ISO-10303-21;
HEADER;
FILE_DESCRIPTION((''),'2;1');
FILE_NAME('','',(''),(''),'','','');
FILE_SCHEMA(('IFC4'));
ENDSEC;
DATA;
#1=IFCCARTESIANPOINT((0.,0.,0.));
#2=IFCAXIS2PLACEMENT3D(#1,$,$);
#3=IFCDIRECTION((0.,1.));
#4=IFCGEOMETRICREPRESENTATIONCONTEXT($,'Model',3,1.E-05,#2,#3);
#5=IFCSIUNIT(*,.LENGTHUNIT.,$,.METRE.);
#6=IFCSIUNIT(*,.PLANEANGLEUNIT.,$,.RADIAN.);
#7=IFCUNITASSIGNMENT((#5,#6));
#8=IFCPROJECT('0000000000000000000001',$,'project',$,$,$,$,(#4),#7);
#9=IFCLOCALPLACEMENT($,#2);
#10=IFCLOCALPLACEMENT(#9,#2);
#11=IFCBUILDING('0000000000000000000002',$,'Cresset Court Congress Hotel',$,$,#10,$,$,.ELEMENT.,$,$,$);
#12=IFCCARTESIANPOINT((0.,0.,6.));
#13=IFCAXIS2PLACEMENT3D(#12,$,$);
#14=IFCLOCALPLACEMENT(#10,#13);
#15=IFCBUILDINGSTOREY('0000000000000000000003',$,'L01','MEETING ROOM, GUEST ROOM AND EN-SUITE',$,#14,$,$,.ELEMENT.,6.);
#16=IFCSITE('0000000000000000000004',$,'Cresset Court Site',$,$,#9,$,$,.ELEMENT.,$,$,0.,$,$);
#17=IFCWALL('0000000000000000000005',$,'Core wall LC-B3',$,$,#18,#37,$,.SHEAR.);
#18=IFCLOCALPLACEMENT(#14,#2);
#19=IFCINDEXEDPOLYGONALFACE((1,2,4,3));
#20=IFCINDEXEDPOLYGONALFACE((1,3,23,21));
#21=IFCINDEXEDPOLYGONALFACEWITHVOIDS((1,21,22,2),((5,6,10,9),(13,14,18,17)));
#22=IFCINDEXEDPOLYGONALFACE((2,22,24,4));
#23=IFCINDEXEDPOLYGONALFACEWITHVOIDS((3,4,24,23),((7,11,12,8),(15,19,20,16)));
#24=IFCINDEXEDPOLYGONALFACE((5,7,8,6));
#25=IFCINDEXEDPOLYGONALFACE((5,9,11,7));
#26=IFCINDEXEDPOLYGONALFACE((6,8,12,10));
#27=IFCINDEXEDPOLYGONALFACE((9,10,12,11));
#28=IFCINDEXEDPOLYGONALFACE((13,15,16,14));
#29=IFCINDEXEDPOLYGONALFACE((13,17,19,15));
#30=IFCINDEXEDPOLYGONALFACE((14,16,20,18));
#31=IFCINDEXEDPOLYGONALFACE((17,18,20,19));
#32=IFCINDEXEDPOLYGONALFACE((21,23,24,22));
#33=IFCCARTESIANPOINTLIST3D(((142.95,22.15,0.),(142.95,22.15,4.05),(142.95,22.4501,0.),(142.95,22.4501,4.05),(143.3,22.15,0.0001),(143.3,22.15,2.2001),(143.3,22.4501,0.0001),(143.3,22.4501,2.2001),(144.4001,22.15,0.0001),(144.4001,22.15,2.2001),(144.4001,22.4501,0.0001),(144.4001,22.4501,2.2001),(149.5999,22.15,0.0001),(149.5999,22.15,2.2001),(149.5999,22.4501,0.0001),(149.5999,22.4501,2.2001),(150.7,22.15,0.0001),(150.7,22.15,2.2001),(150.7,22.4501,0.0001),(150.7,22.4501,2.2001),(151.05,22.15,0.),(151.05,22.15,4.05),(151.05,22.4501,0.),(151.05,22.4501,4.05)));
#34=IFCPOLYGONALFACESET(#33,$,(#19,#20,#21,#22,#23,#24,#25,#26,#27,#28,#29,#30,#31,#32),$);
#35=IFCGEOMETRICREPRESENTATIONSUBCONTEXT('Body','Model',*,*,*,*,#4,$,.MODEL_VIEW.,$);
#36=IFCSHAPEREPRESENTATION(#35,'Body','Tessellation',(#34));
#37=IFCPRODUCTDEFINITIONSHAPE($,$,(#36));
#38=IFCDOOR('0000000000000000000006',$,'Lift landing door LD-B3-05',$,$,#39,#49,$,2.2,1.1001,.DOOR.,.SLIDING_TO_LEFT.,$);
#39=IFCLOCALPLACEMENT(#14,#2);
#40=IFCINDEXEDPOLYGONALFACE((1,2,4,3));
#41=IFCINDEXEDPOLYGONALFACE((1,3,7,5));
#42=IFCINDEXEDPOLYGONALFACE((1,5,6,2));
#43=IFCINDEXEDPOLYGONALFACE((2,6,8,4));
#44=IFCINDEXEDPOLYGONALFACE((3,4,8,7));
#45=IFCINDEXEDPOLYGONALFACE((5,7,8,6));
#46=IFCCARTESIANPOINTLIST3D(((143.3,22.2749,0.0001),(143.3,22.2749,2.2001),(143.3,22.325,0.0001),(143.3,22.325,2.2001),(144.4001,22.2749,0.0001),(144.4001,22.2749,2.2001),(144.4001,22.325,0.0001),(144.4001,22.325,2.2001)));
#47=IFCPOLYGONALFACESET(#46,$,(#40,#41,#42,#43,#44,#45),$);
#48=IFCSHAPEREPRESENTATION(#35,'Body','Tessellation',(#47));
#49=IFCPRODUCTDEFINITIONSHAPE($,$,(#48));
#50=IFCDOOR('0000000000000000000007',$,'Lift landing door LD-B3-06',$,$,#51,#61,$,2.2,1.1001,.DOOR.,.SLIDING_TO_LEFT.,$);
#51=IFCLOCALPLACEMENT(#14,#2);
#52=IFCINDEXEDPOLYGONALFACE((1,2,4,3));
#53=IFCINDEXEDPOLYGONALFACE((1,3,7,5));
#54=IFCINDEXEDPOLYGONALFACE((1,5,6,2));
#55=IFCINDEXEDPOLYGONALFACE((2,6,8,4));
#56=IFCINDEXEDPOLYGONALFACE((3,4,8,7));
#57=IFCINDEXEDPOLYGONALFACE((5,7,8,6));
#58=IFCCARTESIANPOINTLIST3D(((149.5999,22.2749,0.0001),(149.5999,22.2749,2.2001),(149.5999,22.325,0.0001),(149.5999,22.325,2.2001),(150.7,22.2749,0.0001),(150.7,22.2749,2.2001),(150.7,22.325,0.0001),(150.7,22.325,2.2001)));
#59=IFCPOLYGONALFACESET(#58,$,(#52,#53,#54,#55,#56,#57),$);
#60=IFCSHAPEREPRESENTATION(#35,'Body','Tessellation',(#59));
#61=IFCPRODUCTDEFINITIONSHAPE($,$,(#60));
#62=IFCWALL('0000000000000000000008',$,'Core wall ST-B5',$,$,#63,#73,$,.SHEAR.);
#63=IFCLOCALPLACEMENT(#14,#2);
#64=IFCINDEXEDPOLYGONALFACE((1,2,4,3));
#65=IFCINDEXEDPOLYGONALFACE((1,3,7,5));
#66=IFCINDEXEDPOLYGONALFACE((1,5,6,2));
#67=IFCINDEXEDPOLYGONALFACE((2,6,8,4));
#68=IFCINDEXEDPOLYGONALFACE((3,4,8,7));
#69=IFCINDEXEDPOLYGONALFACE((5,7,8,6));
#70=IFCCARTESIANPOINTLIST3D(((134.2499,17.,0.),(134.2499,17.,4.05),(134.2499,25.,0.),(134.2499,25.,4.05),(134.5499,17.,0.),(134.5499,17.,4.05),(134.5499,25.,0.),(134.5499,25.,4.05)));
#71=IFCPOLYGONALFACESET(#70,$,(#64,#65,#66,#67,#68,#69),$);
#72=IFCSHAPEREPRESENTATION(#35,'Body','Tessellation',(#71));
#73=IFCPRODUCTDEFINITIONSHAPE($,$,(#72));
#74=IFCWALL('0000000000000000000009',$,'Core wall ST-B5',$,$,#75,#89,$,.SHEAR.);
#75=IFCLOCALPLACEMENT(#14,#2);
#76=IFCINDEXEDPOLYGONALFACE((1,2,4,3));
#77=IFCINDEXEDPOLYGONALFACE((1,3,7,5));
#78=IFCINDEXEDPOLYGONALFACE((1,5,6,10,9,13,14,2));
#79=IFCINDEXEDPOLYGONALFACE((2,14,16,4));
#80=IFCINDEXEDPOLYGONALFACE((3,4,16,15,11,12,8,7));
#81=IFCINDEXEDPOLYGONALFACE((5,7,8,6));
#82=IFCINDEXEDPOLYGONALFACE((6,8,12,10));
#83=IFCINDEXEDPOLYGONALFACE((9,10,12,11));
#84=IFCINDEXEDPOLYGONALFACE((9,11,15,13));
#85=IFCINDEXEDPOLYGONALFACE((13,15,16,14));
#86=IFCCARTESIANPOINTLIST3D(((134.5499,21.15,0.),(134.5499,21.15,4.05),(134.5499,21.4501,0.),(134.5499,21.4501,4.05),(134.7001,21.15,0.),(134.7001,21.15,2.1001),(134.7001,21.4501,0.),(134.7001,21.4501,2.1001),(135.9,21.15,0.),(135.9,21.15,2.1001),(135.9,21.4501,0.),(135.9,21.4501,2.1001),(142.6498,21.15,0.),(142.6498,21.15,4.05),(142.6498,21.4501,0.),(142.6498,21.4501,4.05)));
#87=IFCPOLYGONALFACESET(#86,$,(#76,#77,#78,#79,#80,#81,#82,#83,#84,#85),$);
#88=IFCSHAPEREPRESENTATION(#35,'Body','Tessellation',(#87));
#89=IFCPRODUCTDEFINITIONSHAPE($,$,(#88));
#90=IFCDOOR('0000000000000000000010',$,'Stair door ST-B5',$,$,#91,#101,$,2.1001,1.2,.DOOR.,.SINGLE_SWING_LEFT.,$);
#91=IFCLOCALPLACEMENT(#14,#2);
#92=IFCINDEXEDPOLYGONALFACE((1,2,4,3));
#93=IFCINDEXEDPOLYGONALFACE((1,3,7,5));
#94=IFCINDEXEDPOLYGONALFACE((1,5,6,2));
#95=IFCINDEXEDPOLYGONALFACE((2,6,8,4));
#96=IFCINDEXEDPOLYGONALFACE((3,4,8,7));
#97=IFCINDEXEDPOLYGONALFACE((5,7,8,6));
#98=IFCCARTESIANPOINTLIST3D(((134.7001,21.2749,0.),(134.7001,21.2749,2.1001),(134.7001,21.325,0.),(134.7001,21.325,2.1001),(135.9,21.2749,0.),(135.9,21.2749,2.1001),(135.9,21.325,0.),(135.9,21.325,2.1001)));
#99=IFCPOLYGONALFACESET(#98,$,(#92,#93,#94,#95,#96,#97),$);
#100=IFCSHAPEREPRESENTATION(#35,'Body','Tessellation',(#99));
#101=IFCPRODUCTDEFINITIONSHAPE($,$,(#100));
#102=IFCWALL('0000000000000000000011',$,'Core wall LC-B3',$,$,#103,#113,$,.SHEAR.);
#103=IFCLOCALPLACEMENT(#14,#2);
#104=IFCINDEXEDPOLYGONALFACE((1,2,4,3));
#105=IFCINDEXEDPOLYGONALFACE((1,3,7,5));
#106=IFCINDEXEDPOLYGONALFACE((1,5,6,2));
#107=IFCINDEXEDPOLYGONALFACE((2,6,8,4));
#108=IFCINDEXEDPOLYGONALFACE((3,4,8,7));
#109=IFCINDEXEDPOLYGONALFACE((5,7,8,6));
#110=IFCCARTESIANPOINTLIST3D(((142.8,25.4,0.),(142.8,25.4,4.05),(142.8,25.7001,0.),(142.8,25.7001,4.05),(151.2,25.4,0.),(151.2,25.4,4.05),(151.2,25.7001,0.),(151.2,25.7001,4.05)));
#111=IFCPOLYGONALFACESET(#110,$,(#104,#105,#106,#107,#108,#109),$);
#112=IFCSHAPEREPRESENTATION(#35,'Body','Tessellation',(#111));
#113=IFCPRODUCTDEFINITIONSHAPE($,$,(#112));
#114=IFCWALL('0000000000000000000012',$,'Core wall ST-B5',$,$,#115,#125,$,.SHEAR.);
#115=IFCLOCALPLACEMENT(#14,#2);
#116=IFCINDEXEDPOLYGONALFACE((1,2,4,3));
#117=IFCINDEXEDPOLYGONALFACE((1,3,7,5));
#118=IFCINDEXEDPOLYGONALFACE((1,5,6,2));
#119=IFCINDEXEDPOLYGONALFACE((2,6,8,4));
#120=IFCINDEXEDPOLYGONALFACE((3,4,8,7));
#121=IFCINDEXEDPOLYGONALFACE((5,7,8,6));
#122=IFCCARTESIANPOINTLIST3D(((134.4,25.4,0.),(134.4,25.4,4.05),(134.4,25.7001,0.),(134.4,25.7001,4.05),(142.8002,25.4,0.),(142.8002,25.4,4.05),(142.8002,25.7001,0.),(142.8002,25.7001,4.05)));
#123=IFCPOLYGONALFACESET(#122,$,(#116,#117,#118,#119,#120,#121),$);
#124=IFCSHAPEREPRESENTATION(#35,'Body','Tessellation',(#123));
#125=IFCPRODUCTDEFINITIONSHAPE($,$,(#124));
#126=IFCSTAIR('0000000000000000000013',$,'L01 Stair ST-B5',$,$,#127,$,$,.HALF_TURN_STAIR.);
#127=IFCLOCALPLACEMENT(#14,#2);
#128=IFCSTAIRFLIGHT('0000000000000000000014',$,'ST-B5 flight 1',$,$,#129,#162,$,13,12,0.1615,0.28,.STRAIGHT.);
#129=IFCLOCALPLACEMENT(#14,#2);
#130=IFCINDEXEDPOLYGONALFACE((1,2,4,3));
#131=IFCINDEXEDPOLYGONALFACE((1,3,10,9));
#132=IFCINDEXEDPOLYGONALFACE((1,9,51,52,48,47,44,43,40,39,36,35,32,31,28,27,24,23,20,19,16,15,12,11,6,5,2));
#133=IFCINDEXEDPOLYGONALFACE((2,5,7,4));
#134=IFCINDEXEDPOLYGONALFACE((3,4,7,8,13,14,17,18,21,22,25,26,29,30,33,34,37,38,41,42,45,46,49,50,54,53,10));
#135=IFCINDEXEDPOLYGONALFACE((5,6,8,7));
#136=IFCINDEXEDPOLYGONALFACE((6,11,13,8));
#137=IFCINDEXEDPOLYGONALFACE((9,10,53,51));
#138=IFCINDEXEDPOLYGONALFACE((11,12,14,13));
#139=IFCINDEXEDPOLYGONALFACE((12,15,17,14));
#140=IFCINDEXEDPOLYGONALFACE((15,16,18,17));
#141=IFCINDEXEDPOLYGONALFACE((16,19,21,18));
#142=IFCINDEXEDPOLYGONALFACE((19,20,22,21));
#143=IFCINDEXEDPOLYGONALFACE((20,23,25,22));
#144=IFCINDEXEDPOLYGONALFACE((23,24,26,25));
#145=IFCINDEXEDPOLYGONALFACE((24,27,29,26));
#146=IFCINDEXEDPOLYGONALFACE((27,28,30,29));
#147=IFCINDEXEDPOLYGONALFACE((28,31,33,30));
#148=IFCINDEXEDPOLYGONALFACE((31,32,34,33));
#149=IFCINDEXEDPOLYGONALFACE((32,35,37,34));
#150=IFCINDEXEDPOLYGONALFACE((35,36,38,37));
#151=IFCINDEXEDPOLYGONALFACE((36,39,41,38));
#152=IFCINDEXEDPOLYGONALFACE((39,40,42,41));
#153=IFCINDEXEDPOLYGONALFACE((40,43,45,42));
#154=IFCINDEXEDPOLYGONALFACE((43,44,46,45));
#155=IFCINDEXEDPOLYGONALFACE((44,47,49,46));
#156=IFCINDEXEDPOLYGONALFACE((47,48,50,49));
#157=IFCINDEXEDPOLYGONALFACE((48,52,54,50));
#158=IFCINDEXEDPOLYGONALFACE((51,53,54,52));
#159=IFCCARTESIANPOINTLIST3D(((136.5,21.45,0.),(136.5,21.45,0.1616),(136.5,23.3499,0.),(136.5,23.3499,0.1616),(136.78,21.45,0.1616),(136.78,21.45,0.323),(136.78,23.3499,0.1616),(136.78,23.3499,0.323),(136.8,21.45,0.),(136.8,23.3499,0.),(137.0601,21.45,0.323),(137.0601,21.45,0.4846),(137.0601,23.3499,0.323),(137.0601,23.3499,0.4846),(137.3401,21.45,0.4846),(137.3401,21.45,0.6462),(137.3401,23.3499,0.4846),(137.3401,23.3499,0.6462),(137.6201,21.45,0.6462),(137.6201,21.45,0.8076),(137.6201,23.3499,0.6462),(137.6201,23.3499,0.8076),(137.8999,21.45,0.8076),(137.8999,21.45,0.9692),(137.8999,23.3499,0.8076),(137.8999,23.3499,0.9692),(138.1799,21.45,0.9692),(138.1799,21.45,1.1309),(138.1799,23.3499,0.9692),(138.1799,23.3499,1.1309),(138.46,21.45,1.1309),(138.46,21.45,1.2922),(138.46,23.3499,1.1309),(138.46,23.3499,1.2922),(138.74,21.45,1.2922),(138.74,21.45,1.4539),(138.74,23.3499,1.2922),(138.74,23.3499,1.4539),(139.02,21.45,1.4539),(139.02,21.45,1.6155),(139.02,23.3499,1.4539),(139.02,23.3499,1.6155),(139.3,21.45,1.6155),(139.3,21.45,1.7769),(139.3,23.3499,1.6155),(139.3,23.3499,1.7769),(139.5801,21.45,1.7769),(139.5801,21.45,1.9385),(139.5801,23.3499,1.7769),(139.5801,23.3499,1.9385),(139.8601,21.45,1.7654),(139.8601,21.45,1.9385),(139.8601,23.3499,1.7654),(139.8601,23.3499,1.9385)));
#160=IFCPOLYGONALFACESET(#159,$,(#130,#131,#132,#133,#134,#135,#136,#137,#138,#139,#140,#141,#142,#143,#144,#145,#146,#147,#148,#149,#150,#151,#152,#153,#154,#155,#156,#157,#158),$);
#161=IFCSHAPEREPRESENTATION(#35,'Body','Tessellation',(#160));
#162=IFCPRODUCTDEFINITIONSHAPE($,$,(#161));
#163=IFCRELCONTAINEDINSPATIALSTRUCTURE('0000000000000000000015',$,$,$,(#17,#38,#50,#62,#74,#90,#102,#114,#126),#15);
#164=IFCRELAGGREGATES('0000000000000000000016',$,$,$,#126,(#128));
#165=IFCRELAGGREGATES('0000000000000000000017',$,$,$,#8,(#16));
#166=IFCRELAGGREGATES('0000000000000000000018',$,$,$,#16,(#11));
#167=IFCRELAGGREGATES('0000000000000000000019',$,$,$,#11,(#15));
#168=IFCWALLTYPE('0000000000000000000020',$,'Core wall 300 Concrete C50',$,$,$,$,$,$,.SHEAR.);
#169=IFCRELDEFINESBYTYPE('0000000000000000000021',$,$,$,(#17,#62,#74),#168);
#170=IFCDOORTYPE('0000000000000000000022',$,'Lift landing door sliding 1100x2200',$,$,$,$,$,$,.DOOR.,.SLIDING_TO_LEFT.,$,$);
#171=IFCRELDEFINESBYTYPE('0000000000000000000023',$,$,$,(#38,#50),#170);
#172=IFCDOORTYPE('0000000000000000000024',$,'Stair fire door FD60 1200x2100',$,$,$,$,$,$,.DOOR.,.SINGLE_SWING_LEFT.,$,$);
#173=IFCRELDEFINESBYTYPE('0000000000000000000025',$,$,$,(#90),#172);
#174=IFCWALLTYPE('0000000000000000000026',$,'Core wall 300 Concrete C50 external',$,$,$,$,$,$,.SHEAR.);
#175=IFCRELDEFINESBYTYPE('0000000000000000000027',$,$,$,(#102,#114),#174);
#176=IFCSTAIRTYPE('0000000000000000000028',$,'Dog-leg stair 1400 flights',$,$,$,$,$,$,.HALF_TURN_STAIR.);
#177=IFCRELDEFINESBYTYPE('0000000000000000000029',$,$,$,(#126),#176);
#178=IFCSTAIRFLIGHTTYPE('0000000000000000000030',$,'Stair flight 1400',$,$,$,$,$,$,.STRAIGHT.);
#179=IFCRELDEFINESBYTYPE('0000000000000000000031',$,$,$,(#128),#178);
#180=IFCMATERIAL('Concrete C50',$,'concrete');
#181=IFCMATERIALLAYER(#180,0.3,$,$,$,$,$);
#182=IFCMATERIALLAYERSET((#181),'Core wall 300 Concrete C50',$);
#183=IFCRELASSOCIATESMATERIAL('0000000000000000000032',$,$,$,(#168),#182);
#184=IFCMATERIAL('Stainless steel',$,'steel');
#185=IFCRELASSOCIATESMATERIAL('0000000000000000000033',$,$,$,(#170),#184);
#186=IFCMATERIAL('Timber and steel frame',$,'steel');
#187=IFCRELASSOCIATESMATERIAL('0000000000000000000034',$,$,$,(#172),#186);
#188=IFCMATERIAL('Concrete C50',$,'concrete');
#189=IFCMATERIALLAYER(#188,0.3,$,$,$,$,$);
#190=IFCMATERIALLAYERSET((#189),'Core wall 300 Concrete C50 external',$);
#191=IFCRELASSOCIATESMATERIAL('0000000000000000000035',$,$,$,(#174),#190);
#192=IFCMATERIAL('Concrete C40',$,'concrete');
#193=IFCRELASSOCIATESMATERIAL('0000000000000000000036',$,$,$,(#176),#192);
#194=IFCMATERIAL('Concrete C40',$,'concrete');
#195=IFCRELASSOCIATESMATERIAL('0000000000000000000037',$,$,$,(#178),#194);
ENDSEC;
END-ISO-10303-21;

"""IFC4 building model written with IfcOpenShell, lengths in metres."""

from ifc_helpers import new_model, si_unit, direction, frame, frame_2d, origin, place, context, subcontext, project, spatial, polyline, rectangle, outline, extrude, material, layer, layer_set, type_object, element, fill, aggregate, save


model = new_model("IFC4")

# Units and contexts
model_context = context("Model", 3, precision=1e-05, world=origin(), true_north=direction((0.0, 1.0)))
body_context = subcontext(model_context, "Body", "Model", "MODEL_VIEW")
ifc_project = project(units=[si_unit("LENGTHUNIT", "METRE"), si_unit("PLANEANGLEUNIT", "RADIAN")], contexts=[model_context])

# Site, building, storey
site_placement = place(None, origin())
site = spatial("IfcSite", under=ifc_project, at=site_placement, Name="Cresset Court Site", CompositionType="ELEMENT", RefElevation=0.0)
building_placement = place(site_placement, origin())
building = spatial("IfcBuilding", under=site, at=building_placement, Name="Cresset Court Congress Hotel", CompositionType="ELEMENT")
storey_placement = place(building_placement, frame((0.0, 0.0, 6.0)))
storey = spatial("IfcBuildingStorey", under=building, at=storey_placement, Name="L01", Description="MEETING ROOM, GUEST ROOM AND EN-SUITE", CompositionType="ELEMENT", Elevation=6.0)

# Shared definitions
ifc_material_1 = material(Name="Concrete C50", Category="concrete")
ifc_layer_1 = layer(ifc_material_1, 0.3)
ifc_layer_set_1 = layer_set([ifc_layer_1], Name="Core wall 300 Concrete C50")
wall_type_1 = type_object("IfcWallType", Name="Core wall 300 Concrete C50", PredefinedType="SHEAR", material=ifc_layer_set_1)

# Wall, openings, doors
wall_1_placement = place(storey_placement, frame((142.95, 22.3, 0.0), z_axis=(0.0, 0.0, 1.0), x_axis=(1.0, 0.0, 0.0)))
wall_1 = element("IfcWall", 1, at=wall_1_placement, inside=storey, type_object=wall_type_1, Name="Core wall LC-B3", PredefinedType="SHEAR", context=body_context, shape_type="SweptSolid", body=[
    extrude(rectangle(XDim=8.1001, YDim=0.3, at=frame_2d((4.05, 0.0))), origin(), (0.0, 0.0, 1.0), 4.05),
])
opening_1_placement = place(wall_1_placement, frame((0.3501, 0.0, 0.0)))
opening_1 = element("IfcOpeningElement", 2, at=opening_1_placement, cuts=wall_1, PredefinedType="OPENING", context=body_context, shape_type="SweptSolid", body=[
    extrude(rectangle(XDim=1.1001, YDim=2.2, at=frame_2d((0.55, 1.1001))), frame((0.0, 0.1599, 0.0), z_axis=(0.0, -1.0, 0.0), x_axis=(1.0, 0.0, 0.0)), (0.0, 0.0, 1.0), 0.3201),
])
opening_2_placement = place(wall_1_placement, frame((6.6499, 0.0, 0.0)))
opening_2 = element("IfcOpeningElement", 3, at=opening_2_placement, cuts=wall_1, PredefinedType="OPENING", context=body_context, shape_type="SweptSolid", body=[
    extrude(rectangle(XDim=1.1001, YDim=2.2, at=frame_2d((0.55, 1.1001))), frame((0.0, 0.1599, 0.0), z_axis=(0.0, -1.0, 0.0), x_axis=(1.0, 0.0, 0.0)), (0.0, 0.0, 1.0), 0.3201),
])
ifc_material_2 = material(Name="Stainless steel", Category="steel")
door_type_1 = type_object("IfcDoorType", Name="Lift landing door sliding 1100x2200", OperationType="SLIDING_TO_LEFT", PredefinedType="DOOR", material=ifc_material_2)
door_1_placement = place(opening_1_placement, origin())
door_1 = element("IfcDoor", 4, at=door_1_placement, inside=storey, type_object=door_type_1, Name="Lift landing door LD-B3-05", OperationType="SLIDING_TO_LEFT", OverallHeight=2.2, OverallWidth=1.1001, PredefinedType="DOOR", context=body_context, shape_type="SweptSolid", body=[
    extrude(rectangle(XDim=1.1001, YDim=2.2, at=frame_2d((0.55, 1.1001))), frame((0.0, 0.0249, 0.0), z_axis=(0.0, -1.0, 0.0), x_axis=(1.0, 0.0, 0.0)), (0.0, 0.0, 1.0), 0.05),
])
fill(opening_1, door_1)
door_2_placement = place(opening_2_placement, origin())
door_2 = element("IfcDoor", 5, at=door_2_placement, inside=storey, type_object=door_type_1, Name="Lift landing door LD-B3-06", OperationType="SLIDING_TO_LEFT", OverallHeight=2.2, OverallWidth=1.1001, PredefinedType="DOOR", context=body_context, shape_type="SweptSolid", body=[
    extrude(rectangle(XDim=1.1001, YDim=2.2, at=frame_2d((0.55, 1.1001))), frame((0.0, 0.0249, 0.0), z_axis=(0.0, -1.0, 0.0), x_axis=(1.0, 0.0, 0.0)), (0.0, 0.0, 1.0), 0.05),
])
fill(opening_2, door_2)

# Wall
wall_2_placement = place(storey_placement, frame((134.3999, 17.0, 0.0), z_axis=(0.0, 0.0, 1.0), x_axis=(0.0, 1.0, 0.0)))
element("IfcWall", 6, at=wall_2_placement, inside=storey, type_object=wall_type_1, Name="Core wall ST-B5", PredefinedType="SHEAR", context=body_context, shape_type="SweptSolid", body=[
    extrude(rectangle(XDim=8.0, YDim=0.3, at=frame_2d((4.0, 0.0))), origin(), (0.0, 0.0, 1.0), 4.05),
])

# Wall, opening, door
wall_3_placement = place(storey_placement, frame((134.55, 21.3, 0.0), z_axis=(0.0, 0.0, 1.0), x_axis=(1.0, 0.0, 0.0)))
wall_3 = element("IfcWall", 7, at=wall_3_placement, inside=storey, type_object=wall_type_1, Name="Core wall ST-B5", PredefinedType="SHEAR", context=body_context, shape_type="SweptSolid", body=[
    extrude(rectangle(XDim=8.0999, YDim=0.3, at=frame_2d((4.0498, 0.0))), origin(), (0.0, 0.0, 1.0), 4.05),
])
opening_3_placement = place(wall_3_placement, frame((0.1499, 0.0, 0.0)))
opening_3 = element("IfcOpeningElement", 8, at=opening_3_placement, cuts=wall_3, PredefinedType="OPENING", context=body_context, shape_type="SweptSolid", body=[
    extrude(rectangle(XDim=1.2, YDim=2.1001, at=frame_2d((0.6001, 1.05))), frame((0.0, 0.1599, 0.0), z_axis=(0.0, -1.0, 0.0), x_axis=(1.0, 0.0, 0.0)), (0.0, 0.0, 1.0), 0.3201),
])
ifc_material_3 = material(Name="Timber and steel frame", Category="steel")
door_type_2 = type_object("IfcDoorType", Name="Stair fire door FD60 1200x2100", OperationType="SINGLE_SWING_LEFT", PredefinedType="DOOR", material=ifc_material_3)
door_3_placement = place(opening_3_placement, origin())
door_3 = element("IfcDoor", 9, at=door_3_placement, inside=storey, type_object=door_type_2, Name="Stair door ST-B5", OperationType="SINGLE_SWING_LEFT", OverallHeight=2.1001, OverallWidth=1.2, PredefinedType="DOOR", context=body_context, shape_type="SweptSolid", body=[
    extrude(rectangle(XDim=1.2, YDim=2.1001, at=frame_2d((0.6001, 1.05))), frame((0.0, 0.0249, 0.0), z_axis=(0.0, -1.0, 0.0), x_axis=(1.0, 0.0, 0.0)), (0.0, 0.0, 1.0), 0.05),
])
fill(opening_3, door_3)

# Walls
ifc_material_4 = material(Name="Concrete C50", Category="concrete")
ifc_layer_2 = layer(ifc_material_4, 0.3)
ifc_layer_set_2 = layer_set([ifc_layer_2], Name="Core wall 300 Concrete C50 external")
wall_type_2 = type_object("IfcWallType", Name="Core wall 300 Concrete C50 external", PredefinedType="SHEAR", material=ifc_layer_set_2)
wall_4_placement = place(storey_placement, frame((142.8, 25.55, 0.0), z_axis=(0.0, 0.0, 1.0), x_axis=(1.0, 0.0, 0.0)))
element("IfcWall", 10, at=wall_4_placement, inside=storey, type_object=wall_type_2, Name="Core wall LC-B3", PredefinedType="SHEAR", context=body_context, shape_type="SweptSolid", body=[
    extrude(rectangle(XDim=8.3999, YDim=0.3, at=frame_2d((4.2, 0.0))), origin(), (0.0, 0.0, 1.0), 4.05),
])
wall_5_placement = place(storey_placement, frame((134.3999, 25.55, 0.0), z_axis=(0.0, 0.0, 1.0), x_axis=(1.0, 0.0, 0.0)))
element("IfcWall", 11, at=wall_5_placement, inside=storey, type_object=wall_type_2, Name="Core wall ST-B5", PredefinedType="SHEAR", context=body_context, shape_type="SweptSolid", body=[
    extrude(rectangle(XDim=8.4001, YDim=0.3, at=frame_2d((4.2002, 0.0))), origin(), (0.0, 0.0, 1.0), 4.05),
])

# Stair, stair flight
ifc_material_5 = material(Name="Concrete C40", Category="concrete")
stair_type = type_object("IfcStairType", Name="Dog-leg stair 1400 flights", PredefinedType="HALF_TURN_STAIR", material=ifc_material_5)
stair_placement = place(storey_placement, origin())
stair = element("IfcStair", 12, at=stair_placement, inside=storey, type_object=stair_type, Name="L01 Stair ST-B5", PredefinedType="HALF_TURN_STAIR")
ifc_material_6 = material(Name="Concrete C40", Category="concrete")
stair_flight_type = type_object("IfcStairFlightType", Name="Stair flight 1400", PredefinedType="STRAIGHT", material=ifc_material_6)
stair_flight_1_placement = place(storey_placement, frame((136.5, 22.3999, 0.0), z_axis=(0.0, 0.0, 1.0), x_axis=(1.0, 0.0, 0.0)))
stair_flight_1 = element("IfcStairFlight", 13, at=stair_flight_1_placement, type_object=stair_flight_type, Name="ST-B5 flight 1", NumberOfRisers=13, NumberOfTreads=12, PredefinedType="STRAIGHT", RiserHeight=0.1615, TreadLength=0.28, context=body_context, shape_type="SweptSolid", body=[
    extrude(outline(polyline([(0.0, 0.0), (0.0, 0.1616), (0.28, 0.1616), (0.28, 0.323), (0.5601, 0.323), (0.5601, 0.4846), (0.8401, 0.4846), (0.8401, 0.6462), (1.1201, 0.6462), (1.1201, 0.8076), (1.3999, 0.8076), (1.3999, 0.9692), (1.6799, 0.9692), (1.6799, 1.1309), (1.96, 1.1309), (1.96, 1.2922), (2.24, 1.2922), (2.24, 1.4539), (2.52, 1.4539), (2.52, 1.6155), (2.8, 1.6155), (2.8, 1.7769), (3.0801, 1.7769), (3.0801, 1.9385), (3.3601, 1.9385), (3.3601, 2.1001), (3.3601, 1.7654), (0.3, 0.0), (0.0, 0.0)])), frame((0.0, 0.95, 0.0), z_axis=(0.0, -1.0, 0.0), x_axis=(1.0, 0.0, 0.0)), (0.0, 0.0, 1.0), 1.8999),
])
aggregate(stair, [stair_flight_1])

save(model, "model.ifc")
